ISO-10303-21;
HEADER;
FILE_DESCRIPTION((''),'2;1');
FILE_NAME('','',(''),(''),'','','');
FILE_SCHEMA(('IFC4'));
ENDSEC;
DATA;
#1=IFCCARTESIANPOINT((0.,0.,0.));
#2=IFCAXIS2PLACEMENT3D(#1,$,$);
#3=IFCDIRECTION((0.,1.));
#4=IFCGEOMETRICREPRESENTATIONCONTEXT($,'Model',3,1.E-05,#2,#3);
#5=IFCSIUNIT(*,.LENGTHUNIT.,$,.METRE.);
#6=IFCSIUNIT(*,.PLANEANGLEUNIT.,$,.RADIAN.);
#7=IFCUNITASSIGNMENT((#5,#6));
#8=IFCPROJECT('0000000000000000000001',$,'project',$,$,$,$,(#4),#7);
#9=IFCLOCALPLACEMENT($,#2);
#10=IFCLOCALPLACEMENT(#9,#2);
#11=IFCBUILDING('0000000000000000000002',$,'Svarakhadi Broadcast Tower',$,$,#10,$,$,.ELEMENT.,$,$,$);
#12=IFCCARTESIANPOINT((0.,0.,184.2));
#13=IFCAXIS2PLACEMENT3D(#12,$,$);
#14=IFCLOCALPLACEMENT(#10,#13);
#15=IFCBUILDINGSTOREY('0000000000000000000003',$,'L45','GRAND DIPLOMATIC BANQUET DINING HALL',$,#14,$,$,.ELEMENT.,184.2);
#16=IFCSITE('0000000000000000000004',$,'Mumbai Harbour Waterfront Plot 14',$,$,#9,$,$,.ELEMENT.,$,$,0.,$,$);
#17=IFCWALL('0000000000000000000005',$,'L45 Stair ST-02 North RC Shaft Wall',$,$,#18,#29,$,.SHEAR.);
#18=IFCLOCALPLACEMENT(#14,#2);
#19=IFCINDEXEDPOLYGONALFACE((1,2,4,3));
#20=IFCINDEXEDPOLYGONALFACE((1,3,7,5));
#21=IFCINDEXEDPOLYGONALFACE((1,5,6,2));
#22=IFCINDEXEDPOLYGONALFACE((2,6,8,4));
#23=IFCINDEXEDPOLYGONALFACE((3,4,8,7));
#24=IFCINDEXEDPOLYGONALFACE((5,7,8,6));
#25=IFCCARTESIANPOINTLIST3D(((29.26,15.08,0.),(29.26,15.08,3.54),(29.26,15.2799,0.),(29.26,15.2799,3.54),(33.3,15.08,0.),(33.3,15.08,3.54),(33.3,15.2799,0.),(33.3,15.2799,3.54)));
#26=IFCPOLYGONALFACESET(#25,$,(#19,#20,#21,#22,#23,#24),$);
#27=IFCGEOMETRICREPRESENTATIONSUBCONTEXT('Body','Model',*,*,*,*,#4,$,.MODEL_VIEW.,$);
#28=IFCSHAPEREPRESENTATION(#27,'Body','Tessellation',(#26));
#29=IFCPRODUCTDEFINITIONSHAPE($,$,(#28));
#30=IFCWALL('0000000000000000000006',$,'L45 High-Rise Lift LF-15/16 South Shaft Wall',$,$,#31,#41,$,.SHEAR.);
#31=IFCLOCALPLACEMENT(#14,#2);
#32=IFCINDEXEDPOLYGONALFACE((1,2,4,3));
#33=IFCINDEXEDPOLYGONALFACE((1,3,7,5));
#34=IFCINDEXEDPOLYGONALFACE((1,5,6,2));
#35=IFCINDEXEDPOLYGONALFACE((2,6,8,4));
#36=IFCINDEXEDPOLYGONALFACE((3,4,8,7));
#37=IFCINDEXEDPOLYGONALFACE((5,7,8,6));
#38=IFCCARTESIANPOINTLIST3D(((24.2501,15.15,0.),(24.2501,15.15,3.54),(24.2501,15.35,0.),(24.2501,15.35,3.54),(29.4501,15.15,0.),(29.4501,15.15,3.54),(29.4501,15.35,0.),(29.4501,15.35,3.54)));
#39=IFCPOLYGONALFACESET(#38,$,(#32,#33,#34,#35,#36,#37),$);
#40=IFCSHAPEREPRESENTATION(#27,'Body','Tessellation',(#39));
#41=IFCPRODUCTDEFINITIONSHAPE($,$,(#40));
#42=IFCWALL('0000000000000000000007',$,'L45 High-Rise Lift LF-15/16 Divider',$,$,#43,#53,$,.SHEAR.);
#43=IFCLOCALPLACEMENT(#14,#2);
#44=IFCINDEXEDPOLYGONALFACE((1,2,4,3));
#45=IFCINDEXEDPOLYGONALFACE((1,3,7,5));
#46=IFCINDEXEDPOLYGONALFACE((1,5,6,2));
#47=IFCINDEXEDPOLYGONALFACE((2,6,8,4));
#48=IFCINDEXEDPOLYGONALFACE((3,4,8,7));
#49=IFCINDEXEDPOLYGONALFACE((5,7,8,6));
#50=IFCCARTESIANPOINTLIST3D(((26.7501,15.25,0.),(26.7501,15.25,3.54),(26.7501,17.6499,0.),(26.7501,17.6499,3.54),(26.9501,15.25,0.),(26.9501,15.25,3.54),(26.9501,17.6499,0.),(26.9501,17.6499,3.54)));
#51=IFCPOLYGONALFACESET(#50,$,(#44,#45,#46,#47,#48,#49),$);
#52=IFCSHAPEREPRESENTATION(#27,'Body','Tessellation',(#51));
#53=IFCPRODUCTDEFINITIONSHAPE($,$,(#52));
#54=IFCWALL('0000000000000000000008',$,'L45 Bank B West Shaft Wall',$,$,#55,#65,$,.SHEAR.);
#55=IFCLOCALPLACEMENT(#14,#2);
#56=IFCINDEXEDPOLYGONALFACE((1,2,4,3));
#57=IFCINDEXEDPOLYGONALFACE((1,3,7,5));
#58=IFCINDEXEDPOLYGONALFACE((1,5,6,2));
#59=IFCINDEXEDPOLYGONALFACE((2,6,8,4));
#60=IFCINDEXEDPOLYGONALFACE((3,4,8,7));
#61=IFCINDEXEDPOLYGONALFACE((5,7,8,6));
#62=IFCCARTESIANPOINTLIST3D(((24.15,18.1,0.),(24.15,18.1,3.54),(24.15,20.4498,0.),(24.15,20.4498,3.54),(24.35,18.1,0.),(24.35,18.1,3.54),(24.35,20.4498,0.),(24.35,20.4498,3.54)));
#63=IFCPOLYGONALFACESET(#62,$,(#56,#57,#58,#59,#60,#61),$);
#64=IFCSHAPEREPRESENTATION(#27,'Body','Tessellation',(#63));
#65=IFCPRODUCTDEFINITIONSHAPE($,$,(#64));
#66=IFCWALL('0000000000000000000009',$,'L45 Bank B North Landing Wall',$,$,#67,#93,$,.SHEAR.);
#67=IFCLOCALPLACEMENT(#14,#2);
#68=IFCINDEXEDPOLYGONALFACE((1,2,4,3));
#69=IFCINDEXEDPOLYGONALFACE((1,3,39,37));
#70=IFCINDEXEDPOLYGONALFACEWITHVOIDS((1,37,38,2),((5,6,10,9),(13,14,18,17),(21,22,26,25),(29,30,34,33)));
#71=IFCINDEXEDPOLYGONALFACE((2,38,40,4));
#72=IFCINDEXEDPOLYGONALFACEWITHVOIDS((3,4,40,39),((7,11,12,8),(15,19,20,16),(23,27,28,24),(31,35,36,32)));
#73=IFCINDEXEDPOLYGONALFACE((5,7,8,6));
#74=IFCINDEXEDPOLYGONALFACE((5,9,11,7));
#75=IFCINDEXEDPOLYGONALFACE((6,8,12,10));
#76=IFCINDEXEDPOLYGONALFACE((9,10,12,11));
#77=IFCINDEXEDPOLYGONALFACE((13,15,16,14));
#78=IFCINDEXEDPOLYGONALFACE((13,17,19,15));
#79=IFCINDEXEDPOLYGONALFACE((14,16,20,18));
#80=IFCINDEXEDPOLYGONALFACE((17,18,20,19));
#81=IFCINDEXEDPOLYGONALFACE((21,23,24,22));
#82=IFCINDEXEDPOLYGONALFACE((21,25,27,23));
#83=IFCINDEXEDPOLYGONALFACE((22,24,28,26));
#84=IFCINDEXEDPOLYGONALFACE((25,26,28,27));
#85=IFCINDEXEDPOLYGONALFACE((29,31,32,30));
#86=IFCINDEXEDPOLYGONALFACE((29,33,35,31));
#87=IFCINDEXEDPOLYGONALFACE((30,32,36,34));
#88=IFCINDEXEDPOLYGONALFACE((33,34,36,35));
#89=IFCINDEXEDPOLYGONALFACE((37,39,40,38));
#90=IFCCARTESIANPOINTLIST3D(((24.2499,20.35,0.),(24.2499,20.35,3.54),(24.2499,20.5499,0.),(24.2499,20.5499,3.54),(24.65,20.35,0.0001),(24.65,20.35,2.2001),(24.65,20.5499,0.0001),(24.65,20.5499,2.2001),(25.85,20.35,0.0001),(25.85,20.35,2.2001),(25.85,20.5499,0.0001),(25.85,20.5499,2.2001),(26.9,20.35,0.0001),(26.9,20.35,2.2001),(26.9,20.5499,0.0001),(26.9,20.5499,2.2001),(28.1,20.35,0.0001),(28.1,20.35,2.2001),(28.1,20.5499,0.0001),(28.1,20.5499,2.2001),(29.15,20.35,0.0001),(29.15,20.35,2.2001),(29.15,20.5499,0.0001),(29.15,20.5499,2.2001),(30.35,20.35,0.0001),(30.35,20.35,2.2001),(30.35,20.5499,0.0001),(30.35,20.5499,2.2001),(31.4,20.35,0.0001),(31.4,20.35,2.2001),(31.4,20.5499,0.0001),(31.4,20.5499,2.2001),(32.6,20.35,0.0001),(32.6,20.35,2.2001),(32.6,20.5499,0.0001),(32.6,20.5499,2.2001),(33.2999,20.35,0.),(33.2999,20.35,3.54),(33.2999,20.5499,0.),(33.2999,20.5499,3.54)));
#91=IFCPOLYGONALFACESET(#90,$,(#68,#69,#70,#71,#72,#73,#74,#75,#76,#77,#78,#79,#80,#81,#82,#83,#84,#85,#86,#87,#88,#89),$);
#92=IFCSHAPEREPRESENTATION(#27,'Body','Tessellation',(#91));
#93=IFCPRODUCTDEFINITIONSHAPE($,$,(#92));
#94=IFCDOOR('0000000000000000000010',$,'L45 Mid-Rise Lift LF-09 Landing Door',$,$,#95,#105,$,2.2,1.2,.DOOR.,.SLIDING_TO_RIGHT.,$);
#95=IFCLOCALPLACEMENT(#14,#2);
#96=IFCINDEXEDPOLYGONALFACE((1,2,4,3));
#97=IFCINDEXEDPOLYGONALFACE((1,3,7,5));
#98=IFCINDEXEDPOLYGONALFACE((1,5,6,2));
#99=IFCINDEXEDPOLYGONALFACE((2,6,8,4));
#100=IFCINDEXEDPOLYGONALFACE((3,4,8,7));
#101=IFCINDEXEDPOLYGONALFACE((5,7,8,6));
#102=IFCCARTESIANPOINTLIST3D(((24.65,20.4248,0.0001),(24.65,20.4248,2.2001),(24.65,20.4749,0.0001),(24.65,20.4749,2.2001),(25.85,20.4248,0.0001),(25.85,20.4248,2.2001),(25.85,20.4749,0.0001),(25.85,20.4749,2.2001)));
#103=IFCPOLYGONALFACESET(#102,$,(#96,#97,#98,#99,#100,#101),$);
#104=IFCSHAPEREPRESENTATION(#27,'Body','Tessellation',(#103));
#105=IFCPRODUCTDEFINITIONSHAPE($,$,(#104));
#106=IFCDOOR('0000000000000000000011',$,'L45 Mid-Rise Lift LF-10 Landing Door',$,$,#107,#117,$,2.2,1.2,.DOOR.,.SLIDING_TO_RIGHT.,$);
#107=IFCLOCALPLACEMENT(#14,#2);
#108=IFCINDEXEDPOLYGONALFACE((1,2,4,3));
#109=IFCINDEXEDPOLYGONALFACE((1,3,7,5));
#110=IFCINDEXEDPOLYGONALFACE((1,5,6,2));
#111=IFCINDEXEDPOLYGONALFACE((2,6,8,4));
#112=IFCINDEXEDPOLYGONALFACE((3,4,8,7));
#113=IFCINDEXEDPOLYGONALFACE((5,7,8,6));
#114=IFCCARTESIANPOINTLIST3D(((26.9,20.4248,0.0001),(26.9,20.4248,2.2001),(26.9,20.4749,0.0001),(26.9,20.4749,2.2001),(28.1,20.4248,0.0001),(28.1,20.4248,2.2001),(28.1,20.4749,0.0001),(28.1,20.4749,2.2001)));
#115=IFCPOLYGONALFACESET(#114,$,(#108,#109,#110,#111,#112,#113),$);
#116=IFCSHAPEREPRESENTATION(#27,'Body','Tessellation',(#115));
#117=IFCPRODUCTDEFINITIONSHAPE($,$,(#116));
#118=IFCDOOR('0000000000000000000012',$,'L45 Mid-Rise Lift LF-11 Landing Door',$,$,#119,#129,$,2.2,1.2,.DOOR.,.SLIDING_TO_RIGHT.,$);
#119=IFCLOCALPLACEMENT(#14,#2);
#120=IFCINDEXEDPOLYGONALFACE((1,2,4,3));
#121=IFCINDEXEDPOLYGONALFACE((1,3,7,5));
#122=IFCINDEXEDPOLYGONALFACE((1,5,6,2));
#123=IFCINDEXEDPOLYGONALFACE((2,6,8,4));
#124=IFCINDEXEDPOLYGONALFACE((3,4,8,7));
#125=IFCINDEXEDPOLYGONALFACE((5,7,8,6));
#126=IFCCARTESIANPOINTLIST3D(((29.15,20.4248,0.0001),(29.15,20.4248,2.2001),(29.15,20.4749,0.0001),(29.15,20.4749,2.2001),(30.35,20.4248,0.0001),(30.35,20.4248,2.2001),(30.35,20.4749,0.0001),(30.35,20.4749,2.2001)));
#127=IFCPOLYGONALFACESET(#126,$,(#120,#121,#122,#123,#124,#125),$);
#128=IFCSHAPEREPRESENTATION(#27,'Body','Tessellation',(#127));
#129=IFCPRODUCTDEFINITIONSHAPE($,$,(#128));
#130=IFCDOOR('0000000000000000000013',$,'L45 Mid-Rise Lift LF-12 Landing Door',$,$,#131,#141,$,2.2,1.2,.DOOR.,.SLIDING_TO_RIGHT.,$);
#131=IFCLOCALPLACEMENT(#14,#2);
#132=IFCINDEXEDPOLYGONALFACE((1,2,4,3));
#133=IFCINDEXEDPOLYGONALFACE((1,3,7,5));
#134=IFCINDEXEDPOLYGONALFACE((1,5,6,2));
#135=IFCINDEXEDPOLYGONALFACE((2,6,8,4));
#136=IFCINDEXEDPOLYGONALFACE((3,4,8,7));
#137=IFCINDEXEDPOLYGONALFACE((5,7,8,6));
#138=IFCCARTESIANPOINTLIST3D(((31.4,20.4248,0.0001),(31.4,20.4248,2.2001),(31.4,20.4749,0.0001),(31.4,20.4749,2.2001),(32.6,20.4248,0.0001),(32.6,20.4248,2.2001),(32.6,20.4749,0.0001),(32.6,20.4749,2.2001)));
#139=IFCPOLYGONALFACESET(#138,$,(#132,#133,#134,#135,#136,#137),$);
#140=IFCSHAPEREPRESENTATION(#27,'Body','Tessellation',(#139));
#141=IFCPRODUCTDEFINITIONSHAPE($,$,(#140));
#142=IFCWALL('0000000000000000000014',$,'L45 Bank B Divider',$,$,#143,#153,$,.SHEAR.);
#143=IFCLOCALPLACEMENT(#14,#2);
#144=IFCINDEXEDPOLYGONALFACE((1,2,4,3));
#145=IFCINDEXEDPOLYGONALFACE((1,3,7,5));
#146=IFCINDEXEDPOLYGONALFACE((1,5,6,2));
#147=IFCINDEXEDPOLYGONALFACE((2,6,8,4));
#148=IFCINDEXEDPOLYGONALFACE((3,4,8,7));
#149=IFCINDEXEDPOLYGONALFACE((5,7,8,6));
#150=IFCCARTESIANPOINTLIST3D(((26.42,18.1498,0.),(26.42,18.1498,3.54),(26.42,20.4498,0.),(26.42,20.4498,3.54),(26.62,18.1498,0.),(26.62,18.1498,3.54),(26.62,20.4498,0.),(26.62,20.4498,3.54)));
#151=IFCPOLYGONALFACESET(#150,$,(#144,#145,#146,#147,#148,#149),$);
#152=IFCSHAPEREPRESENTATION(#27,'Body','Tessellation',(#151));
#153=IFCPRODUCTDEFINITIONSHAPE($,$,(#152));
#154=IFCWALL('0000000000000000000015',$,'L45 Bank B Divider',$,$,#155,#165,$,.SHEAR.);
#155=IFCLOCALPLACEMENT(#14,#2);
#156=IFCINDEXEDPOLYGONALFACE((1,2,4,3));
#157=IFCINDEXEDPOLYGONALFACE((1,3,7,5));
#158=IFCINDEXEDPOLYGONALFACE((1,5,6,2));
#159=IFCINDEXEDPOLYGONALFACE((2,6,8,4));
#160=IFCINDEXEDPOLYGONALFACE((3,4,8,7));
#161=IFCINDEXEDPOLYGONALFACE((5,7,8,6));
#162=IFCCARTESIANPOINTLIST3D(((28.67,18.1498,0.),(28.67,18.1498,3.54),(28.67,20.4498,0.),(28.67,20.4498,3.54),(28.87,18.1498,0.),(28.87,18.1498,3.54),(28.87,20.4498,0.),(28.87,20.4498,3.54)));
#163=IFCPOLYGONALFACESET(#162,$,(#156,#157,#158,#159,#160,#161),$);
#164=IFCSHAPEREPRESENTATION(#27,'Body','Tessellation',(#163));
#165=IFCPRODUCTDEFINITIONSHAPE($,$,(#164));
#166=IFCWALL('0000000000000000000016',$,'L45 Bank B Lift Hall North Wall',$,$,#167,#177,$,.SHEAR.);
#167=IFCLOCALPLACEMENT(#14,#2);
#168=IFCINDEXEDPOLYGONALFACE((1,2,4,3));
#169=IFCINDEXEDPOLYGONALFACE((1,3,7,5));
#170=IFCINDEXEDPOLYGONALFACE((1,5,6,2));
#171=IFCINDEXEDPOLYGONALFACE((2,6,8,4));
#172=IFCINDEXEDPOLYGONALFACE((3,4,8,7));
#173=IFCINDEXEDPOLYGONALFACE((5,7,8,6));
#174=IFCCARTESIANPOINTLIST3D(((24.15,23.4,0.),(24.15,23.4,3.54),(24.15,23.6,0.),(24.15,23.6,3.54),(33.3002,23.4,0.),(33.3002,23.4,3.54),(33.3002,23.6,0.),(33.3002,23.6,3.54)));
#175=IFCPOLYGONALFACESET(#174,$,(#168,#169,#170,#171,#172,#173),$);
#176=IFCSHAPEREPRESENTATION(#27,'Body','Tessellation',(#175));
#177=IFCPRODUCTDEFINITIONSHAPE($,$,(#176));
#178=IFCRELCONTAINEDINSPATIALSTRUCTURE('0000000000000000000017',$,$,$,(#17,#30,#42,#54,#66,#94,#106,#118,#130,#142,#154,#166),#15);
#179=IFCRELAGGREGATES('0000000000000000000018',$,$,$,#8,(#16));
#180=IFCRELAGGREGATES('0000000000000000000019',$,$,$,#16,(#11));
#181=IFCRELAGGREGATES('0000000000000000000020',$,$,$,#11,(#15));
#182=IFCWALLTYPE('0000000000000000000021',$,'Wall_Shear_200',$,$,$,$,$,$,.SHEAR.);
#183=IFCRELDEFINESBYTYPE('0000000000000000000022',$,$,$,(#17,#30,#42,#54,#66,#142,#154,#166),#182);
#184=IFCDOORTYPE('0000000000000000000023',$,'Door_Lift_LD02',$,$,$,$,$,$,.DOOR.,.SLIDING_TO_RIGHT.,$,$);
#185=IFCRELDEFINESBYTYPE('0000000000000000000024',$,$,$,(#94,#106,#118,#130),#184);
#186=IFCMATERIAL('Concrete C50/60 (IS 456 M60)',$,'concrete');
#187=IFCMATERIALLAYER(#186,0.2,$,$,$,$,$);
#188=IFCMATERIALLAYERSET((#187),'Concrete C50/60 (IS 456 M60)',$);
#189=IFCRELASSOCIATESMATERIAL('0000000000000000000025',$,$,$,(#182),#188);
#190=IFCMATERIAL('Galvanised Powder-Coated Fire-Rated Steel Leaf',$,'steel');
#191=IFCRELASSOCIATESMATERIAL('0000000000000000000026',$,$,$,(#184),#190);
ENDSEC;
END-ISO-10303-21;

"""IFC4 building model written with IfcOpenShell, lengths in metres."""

from ifc_helpers import new_model, si_unit, direction, frame, frame_2d, origin, place, context, subcontext, project, spatial, rectangle, extrude, material, layer, layer_set, type_object, element, fill, save


model = new_model("IFC4")

# Units and contexts
model_context = context("Model", 3, precision=1e-05, world=origin(), true_north=direction((0.0, 1.0)))
body_context = subcontext(model_context, "Body", "Model", "MODEL_VIEW")
ifc_project = project(units=[si_unit("LENGTHUNIT", "METRE"), si_unit("PLANEANGLEUNIT", "RADIAN")], contexts=[model_context])

# Site, building, storey
site_placement = place(None, origin())
site = spatial("IfcSite", under=ifc_project, at=site_placement, Name="Mumbai Harbour Waterfront Plot 14", CompositionType="ELEMENT", RefElevation=0.0)
building_placement = place(site_placement, origin())
building = spatial("IfcBuilding", under=site, at=building_placement, Name="Svarakhadi Broadcast Tower", CompositionType="ELEMENT")
storey_placement = place(building_placement, frame((0.0, 0.0, 184.2)))
storey = spatial("IfcBuildingStorey", under=building, at=storey_placement, Name="L45", Description="GRAND DIPLOMATIC BANQUET DINING HALL", CompositionType="ELEMENT", Elevation=184.2)

# Shared definitions
ifc_material_1 = material(Name="Concrete C50/60 (IS 456 M60)", Category="concrete")

# Wall
ifc_layer_1 = layer(ifc_material_1, 0.2)
ifc_layer_set_1 = layer_set([ifc_layer_1], Name="Concrete C50/60 (IS 456 M60)")
wall_type_1 = type_object("IfcWallType", Name="Wall_Shear_200", PredefinedType="SHEAR", material=ifc_layer_set_1)
wall_1_placement = place(storey_placement, frame((29.26, 15.1799, 0.0), z_axis=(0.0, 0.0, 1.0), x_axis=(1.0, 0.0, 0.0)))
element("IfcWall", 1, at=wall_1_placement, inside=storey, type_object=wall_type_1, Name="L45 Stair ST-02 North RC Shaft Wall", PredefinedType="SHEAR", context=body_context, shape_type="SweptSolid", body=[
    extrude(rectangle(XDim=4.04, YDim=0.2, at=frame_2d((2.02, 0.0))), origin(), (0.0, 0.0, 1.0), 3.54),
])

# Shared definitions
ifc_material_2 = material(Name="Galvanised Powder-Coated Fire-Rated Steel Leaf", Category="steel")

# Walls
wall_2_placement = place(storey_placement, frame((24.25, 15.25, 0.0), z_axis=(0.0, 0.0, 1.0), x_axis=(1.0, 0.0, 0.0)))
element("IfcWall", 2, at=wall_2_placement, inside=storey, type_object=wall_type_1, Name="L45 High-Rise Lift LF-15/16 South Shaft Wall", PredefinedType="SHEAR", context=body_context, shape_type="SweptSolid", body=[
    extrude(rectangle(XDim=5.2, YDim=0.2, at=frame_2d((2.6001, 0.0))), origin(), (0.0, 0.0, 1.0), 3.54),
])
wall_3_placement = place(storey_placement, frame((26.8501, 15.25, 0.0), z_axis=(0.0, 0.0, 1.0), x_axis=(0.0, 1.0, 0.0)))
element("IfcWall", 3, at=wall_3_placement, inside=storey, type_object=wall_type_1, Name="L45 High-Rise Lift LF-15/16 Divider", PredefinedType="SHEAR", context=body_context, shape_type="SweptSolid", body=[
    extrude(rectangle(XDim=2.3999, YDim=0.2, at=frame_2d((1.2, 0.0))), origin(), (0.0, 0.0, 1.0), 3.54),
])
wall_4_placement = place(storey_placement, frame((24.25, 18.1001, 0.0), z_axis=(0.0, 0.0, 1.0), x_axis=(0.0, 1.0, 0.0)))
element("IfcWall", 4, at=wall_4_placement, inside=storey, type_object=wall_type_1, Name="L45 Bank B West Shaft Wall", PredefinedType="SHEAR", context=body_context, shape_type="SweptSolid", body=[
    extrude(rectangle(XDim=2.3499, YDim=0.2, at=frame_2d((1.1748, 0.0))), origin(), (0.0, 0.0, 1.0), 3.54),
])

# Wall, openings, doors
wall_5_placement = place(storey_placement, frame((24.25, 20.45, 0.0), z_axis=(0.0, 0.0, 1.0), x_axis=(1.0, 0.0, 0.0)))
wall_5 = element("IfcWall", 5, at=wall_5_placement, inside=storey, type_object=wall_type_1, Name="L45 Bank B North Landing Wall", PredefinedType="SHEAR", context=body_context, shape_type="SweptSolid", body=[
    extrude(rectangle(XDim=9.05, YDim=0.2, at=frame_2d((4.5249, 0.0))), origin(), (0.0, 0.0, 1.0), 3.54),
])
opening_1_placement = place(wall_5_placement, frame((0.3999, 0.0, 0.0)))
opening_1 = element("IfcOpeningElement", 6, at=opening_1_placement, cuts=wall_5, PredefinedType="OPENING", context=body_context, shape_type="SweptSolid", body=[
    extrude(rectangle(XDim=1.2, YDim=2.2, at=frame_2d((0.6001, 1.1001))), frame((0.0, 0.1099, 0.0), z_axis=(0.0, -1.0, 0.0), x_axis=(1.0, 0.0, 0.0)), (0.0, 0.0, 1.0), 0.22),
])
opening_2_placement = place(wall_5_placement, frame((2.6499, 0.0, 0.0)))
opening_2 = element("IfcOpeningElement", 7, at=opening_2_placement, cuts=wall_5, PredefinedType="OPENING", context=body_context, shape_type="SweptSolid", body=[
    extrude(rectangle(XDim=1.2, YDim=2.2, at=frame_2d((0.6001, 1.1001))), frame((0.0, 0.1099, 0.0), z_axis=(0.0, -1.0, 0.0), x_axis=(1.0, 0.0, 0.0)), (0.0, 0.0, 1.0), 0.22),
])
opening_3_placement = place(wall_5_placement, frame((4.8999, 0.0, 0.0)))
opening_3 = element("IfcOpeningElement", 8, at=opening_3_placement, cuts=wall_5, PredefinedType="OPENING", context=body_context, shape_type="SweptSolid", body=[
    extrude(rectangle(XDim=1.2, YDim=2.2, at=frame_2d((0.6001, 1.1001))), frame((0.0, 0.1099, 0.0), z_axis=(0.0, -1.0, 0.0), x_axis=(1.0, 0.0, 0.0)), (0.0, 0.0, 1.0), 0.22),
])
opening_4_placement = place(wall_5_placement, frame((7.1499, 0.0, 0.0)))
opening_4 = element("IfcOpeningElement", 9, at=opening_4_placement, cuts=wall_5, PredefinedType="OPENING", context=body_context, shape_type="SweptSolid", body=[
    extrude(rectangle(XDim=1.2, YDim=2.2, at=frame_2d((0.6001, 1.1001))), frame((0.0, 0.1099, 0.0), z_axis=(0.0, -1.0, 0.0), x_axis=(1.0, 0.0, 0.0)), (0.0, 0.0, 1.0), 0.22),
])
door_type_1 = type_object("IfcDoorType", Name="Door_Lift_LD02", OperationType="SLIDING_TO_RIGHT", PredefinedType="DOOR", material=ifc_material_2)
door_1_placement = place(opening_1_placement, origin())
door_1 = element("IfcDoor", 10, at=door_1_placement, inside=storey, type_object=door_type_1, Name="L45 Mid-Rise Lift LF-09 Landing Door", OperationType="SLIDING_TO_RIGHT", OverallHeight=2.2, OverallWidth=1.2, PredefinedType="DOOR", context=body_context, shape_type="SweptSolid", body=[
    extrude(rectangle(XDim=1.2, YDim=2.2, at=frame_2d((0.6001, 1.1001))), frame((0.0, 0.0249, 0.0), z_axis=(0.0, -1.0, 0.0), x_axis=(1.0, 0.0, 0.0)), (0.0, 0.0, 1.0), 0.05),
])
fill(opening_1, door_1)
door_2_placement = place(opening_2_placement, origin())
door_2 = element("IfcDoor", 11, at=door_2_placement, inside=storey, type_object=door_type_1, Name="L45 Mid-Rise Lift LF-10 Landing Door", OperationType="SLIDING_TO_RIGHT", OverallHeight=2.2, OverallWidth=1.2, PredefinedType="DOOR", context=body_context, shape_type="SweptSolid", body=[
    extrude(rectangle(XDim=1.2, YDim=2.2, at=frame_2d((0.6001, 1.1001))), frame((0.0, 0.0249, 0.0), z_axis=(0.0, -1.0, 0.0), x_axis=(1.0, 0.0, 0.0)), (0.0, 0.0, 1.0), 0.05),
])
fill(opening_2, door_2)
door_3_placement = place(opening_3_placement, origin())
door_3 = element("IfcDoor", 12, at=door_3_placement, inside=storey, type_object=door_type_1, Name="L45 Mid-Rise Lift LF-11 Landing Door", OperationType="SLIDING_TO_RIGHT", OverallHeight=2.2, OverallWidth=1.2, PredefinedType="DOOR", context=body_context, shape_type="SweptSolid", body=[
    extrude(rectangle(XDim=1.2, YDim=2.2, at=frame_2d((0.6001, 1.1001))), frame((0.0, 0.0249, 0.0), z_axis=(0.0, -1.0, 0.0), x_axis=(1.0, 0.0, 0.0)), (0.0, 0.0, 1.0), 0.05),
])
fill(opening_3, door_3)
door_4_placement = place(opening_4_placement, origin())
door_4 = element("IfcDoor", 13, at=door_4_placement, inside=storey, type_object=door_type_1, Name="L45 Mid-Rise Lift LF-12 Landing Door", OperationType="SLIDING_TO_RIGHT", OverallHeight=2.2, OverallWidth=1.2, PredefinedType="DOOR", context=body_context, shape_type="SweptSolid", body=[
    extrude(rectangle(XDim=1.2, YDim=2.2, at=frame_2d((0.6001, 1.1001))), frame((0.0, 0.0249, 0.0), z_axis=(0.0, -1.0, 0.0), x_axis=(1.0, 0.0, 0.0)), (0.0, 0.0, 1.0), 0.05),
])
fill(opening_4, door_4)

# Walls
for number, where, z_axis, x_axis, name in (
    (14, (26.52, 18.1499, 0.0), (0.0, 0.0, 1.0), (0.0, 1.0, 0.0), "L45 Bank B Divider"),
    (15, (28.77, 18.1499, 0.0), (0.0, 0.0, 1.0), (0.0, 1.0, 0.0), "L45 Bank B Divider"),
):
    element("IfcWall", number, at=place(storey_placement, frame(where, z_axis=z_axis, x_axis=x_axis)), inside=storey, type_object=wall_type_1, Name=name, PredefinedType="SHEAR", context=body_context, shape_type="SweptSolid", body=[
        extrude(rectangle(XDim=2.3, YDim=0.2, at=frame_2d((1.1499, 0.0))), origin(), (0.0, 0.0, 1.0), 3.54),
    ])
wall_6_placement = place(storey_placement, frame((24.1499, 23.5, 0.0), z_axis=(0.0, 0.0, 1.0), x_axis=(1.0, 0.0, 0.0)))
element("IfcWall", 16, at=wall_6_placement, inside=storey, type_object=wall_type_1, Name="L45 Bank B Lift Hall North Wall", PredefinedType="SHEAR", context=body_context, shape_type="SweptSolid", body=[
    extrude(rectangle(XDim=9.1501, YDim=0.2, at=frame_2d((4.5752, 0.0))), origin(), (0.0, 0.0, 1.0), 3.54),
])

save(model, "model.ifc")
